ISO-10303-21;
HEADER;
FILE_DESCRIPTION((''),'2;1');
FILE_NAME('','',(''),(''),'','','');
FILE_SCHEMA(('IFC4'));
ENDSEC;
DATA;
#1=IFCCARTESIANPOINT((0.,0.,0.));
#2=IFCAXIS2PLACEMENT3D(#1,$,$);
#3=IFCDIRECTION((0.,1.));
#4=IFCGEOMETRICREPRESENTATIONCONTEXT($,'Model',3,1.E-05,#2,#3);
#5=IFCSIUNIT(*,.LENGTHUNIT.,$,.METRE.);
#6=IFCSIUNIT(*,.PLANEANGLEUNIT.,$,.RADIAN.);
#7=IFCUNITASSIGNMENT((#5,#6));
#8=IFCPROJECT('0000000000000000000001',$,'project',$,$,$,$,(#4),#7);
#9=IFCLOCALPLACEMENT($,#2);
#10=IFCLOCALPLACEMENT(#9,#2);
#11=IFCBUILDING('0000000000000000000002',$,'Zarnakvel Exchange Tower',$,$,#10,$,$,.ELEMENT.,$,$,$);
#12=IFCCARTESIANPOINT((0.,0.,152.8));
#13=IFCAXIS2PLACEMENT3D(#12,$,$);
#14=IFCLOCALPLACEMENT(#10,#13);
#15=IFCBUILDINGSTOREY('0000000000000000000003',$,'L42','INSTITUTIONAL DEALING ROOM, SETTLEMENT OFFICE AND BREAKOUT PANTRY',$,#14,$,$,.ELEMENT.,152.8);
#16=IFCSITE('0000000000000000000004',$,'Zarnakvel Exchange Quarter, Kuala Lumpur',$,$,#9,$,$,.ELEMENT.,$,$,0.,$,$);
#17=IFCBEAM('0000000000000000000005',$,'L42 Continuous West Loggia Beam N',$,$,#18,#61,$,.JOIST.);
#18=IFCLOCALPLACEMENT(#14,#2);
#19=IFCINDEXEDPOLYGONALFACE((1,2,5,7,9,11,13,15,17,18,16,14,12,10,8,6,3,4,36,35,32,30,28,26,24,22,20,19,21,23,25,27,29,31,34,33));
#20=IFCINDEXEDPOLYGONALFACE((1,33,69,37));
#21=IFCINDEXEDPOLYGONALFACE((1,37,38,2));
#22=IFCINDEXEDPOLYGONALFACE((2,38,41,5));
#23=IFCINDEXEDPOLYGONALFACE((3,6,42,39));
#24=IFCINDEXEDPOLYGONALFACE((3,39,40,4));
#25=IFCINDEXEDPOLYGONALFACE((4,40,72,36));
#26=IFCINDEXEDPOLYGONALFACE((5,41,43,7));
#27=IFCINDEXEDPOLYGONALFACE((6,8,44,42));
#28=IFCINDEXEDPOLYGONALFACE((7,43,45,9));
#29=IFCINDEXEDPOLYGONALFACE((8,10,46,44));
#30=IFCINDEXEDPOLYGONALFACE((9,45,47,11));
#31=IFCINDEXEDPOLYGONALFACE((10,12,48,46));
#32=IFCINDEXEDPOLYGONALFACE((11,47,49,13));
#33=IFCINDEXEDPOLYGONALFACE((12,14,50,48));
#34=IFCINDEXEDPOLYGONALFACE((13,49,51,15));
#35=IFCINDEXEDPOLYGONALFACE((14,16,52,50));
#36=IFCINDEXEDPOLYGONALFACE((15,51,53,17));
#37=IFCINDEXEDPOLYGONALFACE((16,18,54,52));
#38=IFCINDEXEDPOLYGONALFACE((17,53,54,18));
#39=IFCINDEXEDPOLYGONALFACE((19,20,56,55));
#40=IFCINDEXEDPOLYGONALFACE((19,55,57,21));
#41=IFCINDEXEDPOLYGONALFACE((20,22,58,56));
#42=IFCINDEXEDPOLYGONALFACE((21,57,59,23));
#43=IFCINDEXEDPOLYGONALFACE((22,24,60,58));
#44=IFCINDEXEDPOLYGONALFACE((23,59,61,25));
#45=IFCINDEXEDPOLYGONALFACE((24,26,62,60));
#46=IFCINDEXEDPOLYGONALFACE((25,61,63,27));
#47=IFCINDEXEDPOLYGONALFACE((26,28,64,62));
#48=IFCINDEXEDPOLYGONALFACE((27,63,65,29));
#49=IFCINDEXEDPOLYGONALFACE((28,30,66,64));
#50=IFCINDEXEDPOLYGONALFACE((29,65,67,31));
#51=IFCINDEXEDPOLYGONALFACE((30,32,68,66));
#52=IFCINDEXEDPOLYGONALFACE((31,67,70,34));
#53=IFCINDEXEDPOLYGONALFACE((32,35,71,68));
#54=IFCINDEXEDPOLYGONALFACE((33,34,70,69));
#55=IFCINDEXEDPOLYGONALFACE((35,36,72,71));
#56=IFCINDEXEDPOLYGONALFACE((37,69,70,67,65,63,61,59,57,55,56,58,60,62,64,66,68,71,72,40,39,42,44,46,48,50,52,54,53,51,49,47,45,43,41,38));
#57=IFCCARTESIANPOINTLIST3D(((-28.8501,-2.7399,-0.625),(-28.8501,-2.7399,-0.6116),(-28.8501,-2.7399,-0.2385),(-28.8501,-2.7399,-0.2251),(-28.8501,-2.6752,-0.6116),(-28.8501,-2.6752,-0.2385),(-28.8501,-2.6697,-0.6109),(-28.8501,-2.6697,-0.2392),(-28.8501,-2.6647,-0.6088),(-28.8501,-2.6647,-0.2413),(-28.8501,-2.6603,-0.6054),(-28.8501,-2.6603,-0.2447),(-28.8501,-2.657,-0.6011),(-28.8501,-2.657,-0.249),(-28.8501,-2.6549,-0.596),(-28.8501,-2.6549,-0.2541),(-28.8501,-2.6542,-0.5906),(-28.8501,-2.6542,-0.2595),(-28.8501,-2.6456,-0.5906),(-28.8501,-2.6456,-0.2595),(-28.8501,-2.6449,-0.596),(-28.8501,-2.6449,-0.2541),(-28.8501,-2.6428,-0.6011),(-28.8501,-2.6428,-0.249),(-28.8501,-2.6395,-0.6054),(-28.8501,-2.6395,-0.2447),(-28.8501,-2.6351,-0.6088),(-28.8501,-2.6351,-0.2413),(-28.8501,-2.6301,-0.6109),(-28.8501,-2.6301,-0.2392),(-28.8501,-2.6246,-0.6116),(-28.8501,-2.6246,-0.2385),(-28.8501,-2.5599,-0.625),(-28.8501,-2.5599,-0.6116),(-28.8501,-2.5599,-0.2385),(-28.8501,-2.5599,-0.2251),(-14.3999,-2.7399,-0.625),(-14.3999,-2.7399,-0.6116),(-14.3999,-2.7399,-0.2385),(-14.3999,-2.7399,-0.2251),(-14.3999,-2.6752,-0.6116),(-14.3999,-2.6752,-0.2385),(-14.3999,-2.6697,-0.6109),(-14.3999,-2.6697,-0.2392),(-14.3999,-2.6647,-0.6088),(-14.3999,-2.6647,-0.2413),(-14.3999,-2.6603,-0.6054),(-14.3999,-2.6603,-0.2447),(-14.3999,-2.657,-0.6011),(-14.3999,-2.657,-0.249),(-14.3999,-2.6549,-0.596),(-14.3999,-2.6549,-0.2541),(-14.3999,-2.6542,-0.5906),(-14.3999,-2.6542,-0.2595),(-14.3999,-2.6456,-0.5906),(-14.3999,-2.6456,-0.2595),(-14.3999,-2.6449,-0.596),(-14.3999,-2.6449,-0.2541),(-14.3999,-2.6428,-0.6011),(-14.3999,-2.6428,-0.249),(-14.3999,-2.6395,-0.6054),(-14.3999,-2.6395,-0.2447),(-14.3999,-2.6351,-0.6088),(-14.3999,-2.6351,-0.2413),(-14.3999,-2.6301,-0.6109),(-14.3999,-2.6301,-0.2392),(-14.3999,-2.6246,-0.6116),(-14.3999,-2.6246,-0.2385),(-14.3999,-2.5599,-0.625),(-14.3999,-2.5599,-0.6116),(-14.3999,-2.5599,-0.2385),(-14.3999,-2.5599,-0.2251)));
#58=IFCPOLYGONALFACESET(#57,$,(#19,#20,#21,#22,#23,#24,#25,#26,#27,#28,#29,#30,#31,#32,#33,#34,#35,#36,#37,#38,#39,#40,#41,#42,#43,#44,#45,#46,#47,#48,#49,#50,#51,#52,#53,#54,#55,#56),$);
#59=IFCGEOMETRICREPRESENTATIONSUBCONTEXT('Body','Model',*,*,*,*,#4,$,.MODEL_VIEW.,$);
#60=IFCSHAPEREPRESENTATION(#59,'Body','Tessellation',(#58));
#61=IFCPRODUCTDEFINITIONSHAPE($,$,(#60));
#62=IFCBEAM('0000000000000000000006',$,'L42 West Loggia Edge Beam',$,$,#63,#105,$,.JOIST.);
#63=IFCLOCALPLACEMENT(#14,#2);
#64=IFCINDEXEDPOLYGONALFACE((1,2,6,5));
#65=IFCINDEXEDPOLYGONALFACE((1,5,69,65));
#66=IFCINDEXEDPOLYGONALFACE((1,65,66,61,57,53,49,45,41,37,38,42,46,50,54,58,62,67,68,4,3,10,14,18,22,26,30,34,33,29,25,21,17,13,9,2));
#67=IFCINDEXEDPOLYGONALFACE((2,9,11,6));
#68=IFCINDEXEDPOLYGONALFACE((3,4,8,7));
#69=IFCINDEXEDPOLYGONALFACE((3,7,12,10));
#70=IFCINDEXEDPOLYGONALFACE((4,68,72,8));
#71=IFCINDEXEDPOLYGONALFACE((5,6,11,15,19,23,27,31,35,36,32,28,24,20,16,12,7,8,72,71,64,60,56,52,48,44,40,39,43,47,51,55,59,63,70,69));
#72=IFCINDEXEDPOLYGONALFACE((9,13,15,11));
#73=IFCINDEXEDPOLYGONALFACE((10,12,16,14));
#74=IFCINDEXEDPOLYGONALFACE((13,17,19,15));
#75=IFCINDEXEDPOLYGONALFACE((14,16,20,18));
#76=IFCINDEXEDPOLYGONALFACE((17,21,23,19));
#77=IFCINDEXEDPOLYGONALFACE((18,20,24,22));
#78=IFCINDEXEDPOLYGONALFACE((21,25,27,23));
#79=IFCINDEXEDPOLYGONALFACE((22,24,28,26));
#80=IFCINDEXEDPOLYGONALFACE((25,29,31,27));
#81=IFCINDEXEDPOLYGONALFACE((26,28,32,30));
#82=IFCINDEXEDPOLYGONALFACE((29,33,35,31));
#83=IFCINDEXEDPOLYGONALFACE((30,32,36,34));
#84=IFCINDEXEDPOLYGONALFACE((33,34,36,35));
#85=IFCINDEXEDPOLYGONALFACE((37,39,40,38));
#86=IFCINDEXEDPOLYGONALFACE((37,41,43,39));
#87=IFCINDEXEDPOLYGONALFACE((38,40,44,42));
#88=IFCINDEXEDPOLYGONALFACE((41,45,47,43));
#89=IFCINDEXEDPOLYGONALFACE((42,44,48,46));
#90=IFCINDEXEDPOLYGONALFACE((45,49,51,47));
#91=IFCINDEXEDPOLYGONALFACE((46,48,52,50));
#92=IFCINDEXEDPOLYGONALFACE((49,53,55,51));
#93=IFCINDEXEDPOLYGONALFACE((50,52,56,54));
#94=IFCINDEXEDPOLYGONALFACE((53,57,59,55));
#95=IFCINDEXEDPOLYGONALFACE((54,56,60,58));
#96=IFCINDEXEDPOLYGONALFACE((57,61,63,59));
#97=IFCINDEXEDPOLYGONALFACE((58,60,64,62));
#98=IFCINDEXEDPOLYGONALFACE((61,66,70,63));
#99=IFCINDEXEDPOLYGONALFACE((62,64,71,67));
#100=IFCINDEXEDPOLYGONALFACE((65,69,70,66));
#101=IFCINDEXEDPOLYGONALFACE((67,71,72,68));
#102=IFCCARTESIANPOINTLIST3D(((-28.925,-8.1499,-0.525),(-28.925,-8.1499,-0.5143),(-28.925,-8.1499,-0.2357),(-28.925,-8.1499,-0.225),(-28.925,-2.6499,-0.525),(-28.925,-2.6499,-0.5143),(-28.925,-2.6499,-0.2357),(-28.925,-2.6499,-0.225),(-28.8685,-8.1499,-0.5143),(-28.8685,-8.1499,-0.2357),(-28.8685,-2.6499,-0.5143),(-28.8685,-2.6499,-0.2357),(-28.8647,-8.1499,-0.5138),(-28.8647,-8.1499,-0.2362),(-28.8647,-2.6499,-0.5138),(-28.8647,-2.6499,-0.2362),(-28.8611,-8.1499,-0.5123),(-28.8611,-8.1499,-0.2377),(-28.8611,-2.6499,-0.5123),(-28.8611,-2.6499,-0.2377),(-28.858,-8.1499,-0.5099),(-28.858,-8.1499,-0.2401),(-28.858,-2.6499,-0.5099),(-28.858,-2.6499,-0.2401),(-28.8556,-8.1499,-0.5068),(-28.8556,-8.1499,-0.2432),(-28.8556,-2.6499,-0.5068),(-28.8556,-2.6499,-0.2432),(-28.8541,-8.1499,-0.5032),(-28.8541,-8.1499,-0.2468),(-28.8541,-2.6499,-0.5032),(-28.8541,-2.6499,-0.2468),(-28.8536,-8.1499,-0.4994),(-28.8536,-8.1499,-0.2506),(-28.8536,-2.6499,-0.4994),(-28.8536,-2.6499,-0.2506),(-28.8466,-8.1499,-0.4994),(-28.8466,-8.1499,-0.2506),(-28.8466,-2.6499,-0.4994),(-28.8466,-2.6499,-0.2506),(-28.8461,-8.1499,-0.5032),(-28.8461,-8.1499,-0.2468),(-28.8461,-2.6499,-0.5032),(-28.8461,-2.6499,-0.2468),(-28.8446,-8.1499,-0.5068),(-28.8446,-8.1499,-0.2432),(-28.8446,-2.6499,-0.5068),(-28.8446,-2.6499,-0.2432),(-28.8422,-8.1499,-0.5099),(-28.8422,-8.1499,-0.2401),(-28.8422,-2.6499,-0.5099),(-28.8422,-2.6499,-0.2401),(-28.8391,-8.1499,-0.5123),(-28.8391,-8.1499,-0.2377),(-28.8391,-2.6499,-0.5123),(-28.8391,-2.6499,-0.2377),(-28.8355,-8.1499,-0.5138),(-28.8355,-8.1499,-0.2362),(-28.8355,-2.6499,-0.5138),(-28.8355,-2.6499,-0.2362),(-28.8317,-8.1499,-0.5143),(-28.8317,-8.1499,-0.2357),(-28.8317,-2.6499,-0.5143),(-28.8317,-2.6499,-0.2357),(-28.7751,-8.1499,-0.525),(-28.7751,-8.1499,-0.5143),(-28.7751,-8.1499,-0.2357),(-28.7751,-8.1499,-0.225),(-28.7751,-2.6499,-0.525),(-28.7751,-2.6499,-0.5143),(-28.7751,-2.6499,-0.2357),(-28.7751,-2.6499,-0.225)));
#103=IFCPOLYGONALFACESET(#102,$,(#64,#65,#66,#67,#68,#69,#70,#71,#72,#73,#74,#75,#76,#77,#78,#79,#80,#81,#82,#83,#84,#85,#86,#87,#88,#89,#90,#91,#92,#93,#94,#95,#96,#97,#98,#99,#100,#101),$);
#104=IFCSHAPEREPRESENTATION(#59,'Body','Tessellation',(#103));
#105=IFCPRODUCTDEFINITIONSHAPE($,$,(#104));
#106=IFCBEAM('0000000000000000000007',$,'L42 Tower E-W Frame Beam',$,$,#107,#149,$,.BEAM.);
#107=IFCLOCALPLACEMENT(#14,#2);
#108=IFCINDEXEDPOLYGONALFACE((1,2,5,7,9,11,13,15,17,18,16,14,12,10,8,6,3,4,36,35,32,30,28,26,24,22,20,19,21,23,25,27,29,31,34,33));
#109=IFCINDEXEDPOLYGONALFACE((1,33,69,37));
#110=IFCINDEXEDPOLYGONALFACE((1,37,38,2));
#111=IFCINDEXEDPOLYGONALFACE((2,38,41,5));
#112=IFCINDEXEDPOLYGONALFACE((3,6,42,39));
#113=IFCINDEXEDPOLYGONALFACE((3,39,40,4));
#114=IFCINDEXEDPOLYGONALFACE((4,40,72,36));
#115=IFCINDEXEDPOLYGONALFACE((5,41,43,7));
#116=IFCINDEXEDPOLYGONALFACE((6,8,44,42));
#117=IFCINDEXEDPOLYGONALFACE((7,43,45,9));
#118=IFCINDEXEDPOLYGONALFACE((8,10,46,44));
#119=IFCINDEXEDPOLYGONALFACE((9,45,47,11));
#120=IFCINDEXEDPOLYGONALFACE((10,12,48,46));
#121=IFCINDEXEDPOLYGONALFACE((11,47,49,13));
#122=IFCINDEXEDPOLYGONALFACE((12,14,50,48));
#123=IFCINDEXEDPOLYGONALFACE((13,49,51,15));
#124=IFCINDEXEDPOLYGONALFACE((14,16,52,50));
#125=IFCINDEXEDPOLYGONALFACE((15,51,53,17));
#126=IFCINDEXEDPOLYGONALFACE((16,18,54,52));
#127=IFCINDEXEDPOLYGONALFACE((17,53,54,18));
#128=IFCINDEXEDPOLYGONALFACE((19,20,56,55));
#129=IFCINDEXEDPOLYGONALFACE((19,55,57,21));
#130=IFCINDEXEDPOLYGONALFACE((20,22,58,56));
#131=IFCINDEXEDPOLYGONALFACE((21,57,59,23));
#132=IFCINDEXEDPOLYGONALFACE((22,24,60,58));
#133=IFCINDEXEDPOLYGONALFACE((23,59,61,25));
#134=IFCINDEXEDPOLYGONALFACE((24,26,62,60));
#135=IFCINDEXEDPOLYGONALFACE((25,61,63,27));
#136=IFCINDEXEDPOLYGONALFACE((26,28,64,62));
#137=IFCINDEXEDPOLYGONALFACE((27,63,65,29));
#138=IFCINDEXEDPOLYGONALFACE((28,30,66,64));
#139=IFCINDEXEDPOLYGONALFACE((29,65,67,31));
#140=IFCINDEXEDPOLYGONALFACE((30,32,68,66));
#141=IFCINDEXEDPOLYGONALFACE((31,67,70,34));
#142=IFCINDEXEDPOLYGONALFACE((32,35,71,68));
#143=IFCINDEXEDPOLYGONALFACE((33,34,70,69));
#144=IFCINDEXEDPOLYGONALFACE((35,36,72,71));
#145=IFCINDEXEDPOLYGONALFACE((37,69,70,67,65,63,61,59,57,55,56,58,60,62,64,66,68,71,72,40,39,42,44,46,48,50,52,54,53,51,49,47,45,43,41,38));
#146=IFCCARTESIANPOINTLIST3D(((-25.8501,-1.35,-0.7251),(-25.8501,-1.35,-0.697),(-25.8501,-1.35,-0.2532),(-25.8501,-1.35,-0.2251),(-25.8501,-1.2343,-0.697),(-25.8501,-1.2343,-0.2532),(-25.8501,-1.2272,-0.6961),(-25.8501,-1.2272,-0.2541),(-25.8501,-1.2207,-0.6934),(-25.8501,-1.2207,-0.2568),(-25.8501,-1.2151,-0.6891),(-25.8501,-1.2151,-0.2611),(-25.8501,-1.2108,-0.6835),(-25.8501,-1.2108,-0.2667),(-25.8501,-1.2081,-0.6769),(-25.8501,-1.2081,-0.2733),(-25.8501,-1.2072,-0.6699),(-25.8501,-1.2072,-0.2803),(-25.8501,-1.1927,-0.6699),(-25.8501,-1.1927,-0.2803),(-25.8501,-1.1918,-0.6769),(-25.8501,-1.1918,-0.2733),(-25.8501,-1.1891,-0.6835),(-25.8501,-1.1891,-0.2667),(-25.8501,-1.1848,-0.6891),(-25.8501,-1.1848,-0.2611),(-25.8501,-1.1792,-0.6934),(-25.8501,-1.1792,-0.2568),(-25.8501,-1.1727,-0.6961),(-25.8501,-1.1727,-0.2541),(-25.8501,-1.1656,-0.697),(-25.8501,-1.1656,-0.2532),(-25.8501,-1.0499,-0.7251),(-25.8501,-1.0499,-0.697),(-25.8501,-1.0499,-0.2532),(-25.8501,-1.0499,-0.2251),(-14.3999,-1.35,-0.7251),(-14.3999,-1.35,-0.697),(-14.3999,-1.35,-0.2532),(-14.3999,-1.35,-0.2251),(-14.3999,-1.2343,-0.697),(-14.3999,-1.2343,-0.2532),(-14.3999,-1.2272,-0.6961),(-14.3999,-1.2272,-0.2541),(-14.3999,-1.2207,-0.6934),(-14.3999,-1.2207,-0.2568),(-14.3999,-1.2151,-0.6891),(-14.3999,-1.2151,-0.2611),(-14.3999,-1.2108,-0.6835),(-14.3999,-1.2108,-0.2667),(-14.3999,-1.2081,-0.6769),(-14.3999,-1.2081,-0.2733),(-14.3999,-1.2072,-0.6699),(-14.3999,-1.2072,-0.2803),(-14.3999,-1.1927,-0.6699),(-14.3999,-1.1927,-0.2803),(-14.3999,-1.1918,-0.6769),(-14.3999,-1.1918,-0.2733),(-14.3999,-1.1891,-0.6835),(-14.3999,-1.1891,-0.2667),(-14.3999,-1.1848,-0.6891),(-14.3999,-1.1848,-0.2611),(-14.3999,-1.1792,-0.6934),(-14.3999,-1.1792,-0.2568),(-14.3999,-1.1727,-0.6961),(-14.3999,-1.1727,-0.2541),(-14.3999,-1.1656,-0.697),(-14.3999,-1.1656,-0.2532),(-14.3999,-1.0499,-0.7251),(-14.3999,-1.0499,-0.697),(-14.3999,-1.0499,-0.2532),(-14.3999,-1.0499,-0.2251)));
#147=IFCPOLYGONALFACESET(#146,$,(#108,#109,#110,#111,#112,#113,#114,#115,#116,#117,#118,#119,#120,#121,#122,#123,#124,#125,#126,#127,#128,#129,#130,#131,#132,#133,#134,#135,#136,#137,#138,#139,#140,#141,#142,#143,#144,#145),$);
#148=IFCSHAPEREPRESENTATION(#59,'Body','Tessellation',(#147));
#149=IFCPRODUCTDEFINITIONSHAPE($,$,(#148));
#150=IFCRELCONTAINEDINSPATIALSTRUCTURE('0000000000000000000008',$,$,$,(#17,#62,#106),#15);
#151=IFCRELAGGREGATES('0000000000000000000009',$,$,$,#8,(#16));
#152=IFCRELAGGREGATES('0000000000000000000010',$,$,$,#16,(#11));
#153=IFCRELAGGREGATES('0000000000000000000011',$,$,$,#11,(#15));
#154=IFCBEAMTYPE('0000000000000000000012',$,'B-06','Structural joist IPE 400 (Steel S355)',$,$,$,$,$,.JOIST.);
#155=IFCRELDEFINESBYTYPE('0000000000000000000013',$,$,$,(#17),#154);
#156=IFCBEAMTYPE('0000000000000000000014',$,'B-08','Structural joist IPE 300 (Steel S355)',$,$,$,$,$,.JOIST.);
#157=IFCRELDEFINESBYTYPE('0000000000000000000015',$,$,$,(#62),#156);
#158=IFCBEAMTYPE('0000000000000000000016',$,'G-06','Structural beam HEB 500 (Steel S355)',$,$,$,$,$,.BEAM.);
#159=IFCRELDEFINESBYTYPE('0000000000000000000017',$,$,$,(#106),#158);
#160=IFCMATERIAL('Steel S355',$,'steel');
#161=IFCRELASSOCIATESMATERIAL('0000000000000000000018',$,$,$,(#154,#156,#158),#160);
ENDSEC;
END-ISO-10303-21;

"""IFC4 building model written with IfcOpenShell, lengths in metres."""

from ifc_helpers import new_model, si_unit, direction, frame, origin, origin_2d, place, context, subcontext, project, spatial, i_section, extrude, material, material_profile, profile_set, type_object, element, save


model = new_model("IFC4")

# Units and contexts
model_context = context("Model", 3, precision=1e-05, world=origin(), true_north=direction((0.0, 1.0)))
body_context = subcontext(model_context, "Body", "Model", "MODEL_VIEW")
ifc_project = project(units=[si_unit("LENGTHUNIT", "METRE"), si_unit("PLANEANGLEUNIT", "RADIAN")], contexts=[model_context])

# Site, building, storey
site_placement = place(None, origin())
site = spatial("IfcSite", under=ifc_project, at=site_placement, Name="Zarnakvel Exchange Quarter, Kuala Lumpur", CompositionType="ELEMENT", RefElevation=0.0)
building_placement = place(site_placement, origin())
building = spatial("IfcBuilding", under=site, at=building_placement, Name="Zarnakvel Exchange Tower", CompositionType="ELEMENT")
storey_placement = place(building_placement, frame((0.0, 0.0, 152.8)))
storey = spatial("IfcBuildingStorey", under=building, at=storey_placement, Name="L42", Description="INSTITUTIONAL DEALING ROOM, SETTLEMENT OFFICE AND BREAKOUT PANTRY", CompositionType="ELEMENT", Elevation=152.8)

# Shared definitions
ifc_material_1 = material(Name="Steel S355", Category="steel")

# Beams
ifc_material_profile_1 = material_profile(ifc_material_1, i_section(OverallWidth=0.1799, OverallDepth=0.3999, WebThickness=0.0085, FlangeThickness=0.0134, FilletRadius=0.021, at=origin_2d()))
ifc_profile_set_1 = profile_set([ifc_material_profile_1], Name="Steel S355")
beam_type_1 = type_object("IfcBeamType", Name="B-06", Description="Structural joist IPE 400 (Steel S355)", PredefinedType="JOIST", material=ifc_profile_set_1)
for number, where, z_axis, x_axis, name in (
    (1, (-14.3999, -2.6499, -0.425), (-1.0, 0.0, 0.0), (0.0, -1.0, 0.0), "L42 Continuous West Loggia Beam N"),
):
    element("IfcBeam", number, at=place(storey_placement, frame(where, z_axis=z_axis, x_axis=x_axis)), inside=storey, type_object=beam_type_1, Name=name, PredefinedType="JOIST", context=body_context, shape_type="SweptSolid", body=[
        extrude(i_section(OverallWidth=0.1799, OverallDepth=0.3999, WebThickness=0.0085, FlangeThickness=0.0134, FilletRadius=0.021, at=origin_2d()), origin(), (0.0, 0.0, 1.0), 14.4502),
    ])
ifc_material_profile_2 = material_profile(ifc_material_1, i_section(OverallWidth=0.1499, OverallDepth=0.3, WebThickness=0.0071, FlangeThickness=0.0107, FilletRadius=0.0149, at=origin_2d()))
ifc_profile_set_2 = profile_set([ifc_material_profile_2], Name="Steel S355")
beam_type_2 = type_object("IfcBeamType", Name="B-08", Description="Structural joist IPE 300 (Steel S355)", PredefinedType="JOIST", material=ifc_profile_set_2)
beam_1_placement = place(storey_placement, frame((-28.8501, -8.1499, -0.375), z_axis=(0.0, 1.0, 0.0), x_axis=(-1.0, 0.0, 0.0)))
element("IfcBeam", 2, at=beam_1_placement, inside=storey, type_object=beam_type_2, Name="L42 West Loggia Edge Beam", PredefinedType="JOIST", context=body_context, shape_type="SweptSolid", body=[
    extrude(i_section(OverallWidth=0.1499, OverallDepth=0.3, WebThickness=0.0071, FlangeThickness=0.0107, FilletRadius=0.0149, at=origin_2d()), origin(), (0.0, 0.0, 1.0), 5.5),
])
ifc_material_profile_3 = material_profile(ifc_material_1, i_section(OverallWidth=0.3, OverallDepth=0.5, WebThickness=0.0144, FlangeThickness=0.0281, FilletRadius=0.0271, at=origin_2d()))
ifc_profile_set_3 = profile_set([ifc_material_profile_3], Name="Steel S355")
beam_type_3 = type_object("IfcBeamType", Name="G-06", Description="Structural beam HEB 500 (Steel S355)", PredefinedType="BEAM", material=ifc_profile_set_3)
beam_2_placement = place(storey_placement, frame((-25.8501, -1.2, -0.4751), z_axis=(1.0, 0.0, 0.0), x_axis=(0.0, 1.0, 0.0)))
element("IfcBeam", 3, at=beam_2_placement, inside=storey, type_object=beam_type_3, Name="L42 Tower E-W Frame Beam", PredefinedType="BEAM", context=body_context, shape_type="SweptSolid", body=[
    extrude(i_section(OverallWidth=0.3, OverallDepth=0.5, WebThickness=0.0144, FlangeThickness=0.0281, FilletRadius=0.0271, at=origin_2d()), origin(), (0.0, 0.0, 1.0), 11.4502),
])

save(model, "model.ifc")
